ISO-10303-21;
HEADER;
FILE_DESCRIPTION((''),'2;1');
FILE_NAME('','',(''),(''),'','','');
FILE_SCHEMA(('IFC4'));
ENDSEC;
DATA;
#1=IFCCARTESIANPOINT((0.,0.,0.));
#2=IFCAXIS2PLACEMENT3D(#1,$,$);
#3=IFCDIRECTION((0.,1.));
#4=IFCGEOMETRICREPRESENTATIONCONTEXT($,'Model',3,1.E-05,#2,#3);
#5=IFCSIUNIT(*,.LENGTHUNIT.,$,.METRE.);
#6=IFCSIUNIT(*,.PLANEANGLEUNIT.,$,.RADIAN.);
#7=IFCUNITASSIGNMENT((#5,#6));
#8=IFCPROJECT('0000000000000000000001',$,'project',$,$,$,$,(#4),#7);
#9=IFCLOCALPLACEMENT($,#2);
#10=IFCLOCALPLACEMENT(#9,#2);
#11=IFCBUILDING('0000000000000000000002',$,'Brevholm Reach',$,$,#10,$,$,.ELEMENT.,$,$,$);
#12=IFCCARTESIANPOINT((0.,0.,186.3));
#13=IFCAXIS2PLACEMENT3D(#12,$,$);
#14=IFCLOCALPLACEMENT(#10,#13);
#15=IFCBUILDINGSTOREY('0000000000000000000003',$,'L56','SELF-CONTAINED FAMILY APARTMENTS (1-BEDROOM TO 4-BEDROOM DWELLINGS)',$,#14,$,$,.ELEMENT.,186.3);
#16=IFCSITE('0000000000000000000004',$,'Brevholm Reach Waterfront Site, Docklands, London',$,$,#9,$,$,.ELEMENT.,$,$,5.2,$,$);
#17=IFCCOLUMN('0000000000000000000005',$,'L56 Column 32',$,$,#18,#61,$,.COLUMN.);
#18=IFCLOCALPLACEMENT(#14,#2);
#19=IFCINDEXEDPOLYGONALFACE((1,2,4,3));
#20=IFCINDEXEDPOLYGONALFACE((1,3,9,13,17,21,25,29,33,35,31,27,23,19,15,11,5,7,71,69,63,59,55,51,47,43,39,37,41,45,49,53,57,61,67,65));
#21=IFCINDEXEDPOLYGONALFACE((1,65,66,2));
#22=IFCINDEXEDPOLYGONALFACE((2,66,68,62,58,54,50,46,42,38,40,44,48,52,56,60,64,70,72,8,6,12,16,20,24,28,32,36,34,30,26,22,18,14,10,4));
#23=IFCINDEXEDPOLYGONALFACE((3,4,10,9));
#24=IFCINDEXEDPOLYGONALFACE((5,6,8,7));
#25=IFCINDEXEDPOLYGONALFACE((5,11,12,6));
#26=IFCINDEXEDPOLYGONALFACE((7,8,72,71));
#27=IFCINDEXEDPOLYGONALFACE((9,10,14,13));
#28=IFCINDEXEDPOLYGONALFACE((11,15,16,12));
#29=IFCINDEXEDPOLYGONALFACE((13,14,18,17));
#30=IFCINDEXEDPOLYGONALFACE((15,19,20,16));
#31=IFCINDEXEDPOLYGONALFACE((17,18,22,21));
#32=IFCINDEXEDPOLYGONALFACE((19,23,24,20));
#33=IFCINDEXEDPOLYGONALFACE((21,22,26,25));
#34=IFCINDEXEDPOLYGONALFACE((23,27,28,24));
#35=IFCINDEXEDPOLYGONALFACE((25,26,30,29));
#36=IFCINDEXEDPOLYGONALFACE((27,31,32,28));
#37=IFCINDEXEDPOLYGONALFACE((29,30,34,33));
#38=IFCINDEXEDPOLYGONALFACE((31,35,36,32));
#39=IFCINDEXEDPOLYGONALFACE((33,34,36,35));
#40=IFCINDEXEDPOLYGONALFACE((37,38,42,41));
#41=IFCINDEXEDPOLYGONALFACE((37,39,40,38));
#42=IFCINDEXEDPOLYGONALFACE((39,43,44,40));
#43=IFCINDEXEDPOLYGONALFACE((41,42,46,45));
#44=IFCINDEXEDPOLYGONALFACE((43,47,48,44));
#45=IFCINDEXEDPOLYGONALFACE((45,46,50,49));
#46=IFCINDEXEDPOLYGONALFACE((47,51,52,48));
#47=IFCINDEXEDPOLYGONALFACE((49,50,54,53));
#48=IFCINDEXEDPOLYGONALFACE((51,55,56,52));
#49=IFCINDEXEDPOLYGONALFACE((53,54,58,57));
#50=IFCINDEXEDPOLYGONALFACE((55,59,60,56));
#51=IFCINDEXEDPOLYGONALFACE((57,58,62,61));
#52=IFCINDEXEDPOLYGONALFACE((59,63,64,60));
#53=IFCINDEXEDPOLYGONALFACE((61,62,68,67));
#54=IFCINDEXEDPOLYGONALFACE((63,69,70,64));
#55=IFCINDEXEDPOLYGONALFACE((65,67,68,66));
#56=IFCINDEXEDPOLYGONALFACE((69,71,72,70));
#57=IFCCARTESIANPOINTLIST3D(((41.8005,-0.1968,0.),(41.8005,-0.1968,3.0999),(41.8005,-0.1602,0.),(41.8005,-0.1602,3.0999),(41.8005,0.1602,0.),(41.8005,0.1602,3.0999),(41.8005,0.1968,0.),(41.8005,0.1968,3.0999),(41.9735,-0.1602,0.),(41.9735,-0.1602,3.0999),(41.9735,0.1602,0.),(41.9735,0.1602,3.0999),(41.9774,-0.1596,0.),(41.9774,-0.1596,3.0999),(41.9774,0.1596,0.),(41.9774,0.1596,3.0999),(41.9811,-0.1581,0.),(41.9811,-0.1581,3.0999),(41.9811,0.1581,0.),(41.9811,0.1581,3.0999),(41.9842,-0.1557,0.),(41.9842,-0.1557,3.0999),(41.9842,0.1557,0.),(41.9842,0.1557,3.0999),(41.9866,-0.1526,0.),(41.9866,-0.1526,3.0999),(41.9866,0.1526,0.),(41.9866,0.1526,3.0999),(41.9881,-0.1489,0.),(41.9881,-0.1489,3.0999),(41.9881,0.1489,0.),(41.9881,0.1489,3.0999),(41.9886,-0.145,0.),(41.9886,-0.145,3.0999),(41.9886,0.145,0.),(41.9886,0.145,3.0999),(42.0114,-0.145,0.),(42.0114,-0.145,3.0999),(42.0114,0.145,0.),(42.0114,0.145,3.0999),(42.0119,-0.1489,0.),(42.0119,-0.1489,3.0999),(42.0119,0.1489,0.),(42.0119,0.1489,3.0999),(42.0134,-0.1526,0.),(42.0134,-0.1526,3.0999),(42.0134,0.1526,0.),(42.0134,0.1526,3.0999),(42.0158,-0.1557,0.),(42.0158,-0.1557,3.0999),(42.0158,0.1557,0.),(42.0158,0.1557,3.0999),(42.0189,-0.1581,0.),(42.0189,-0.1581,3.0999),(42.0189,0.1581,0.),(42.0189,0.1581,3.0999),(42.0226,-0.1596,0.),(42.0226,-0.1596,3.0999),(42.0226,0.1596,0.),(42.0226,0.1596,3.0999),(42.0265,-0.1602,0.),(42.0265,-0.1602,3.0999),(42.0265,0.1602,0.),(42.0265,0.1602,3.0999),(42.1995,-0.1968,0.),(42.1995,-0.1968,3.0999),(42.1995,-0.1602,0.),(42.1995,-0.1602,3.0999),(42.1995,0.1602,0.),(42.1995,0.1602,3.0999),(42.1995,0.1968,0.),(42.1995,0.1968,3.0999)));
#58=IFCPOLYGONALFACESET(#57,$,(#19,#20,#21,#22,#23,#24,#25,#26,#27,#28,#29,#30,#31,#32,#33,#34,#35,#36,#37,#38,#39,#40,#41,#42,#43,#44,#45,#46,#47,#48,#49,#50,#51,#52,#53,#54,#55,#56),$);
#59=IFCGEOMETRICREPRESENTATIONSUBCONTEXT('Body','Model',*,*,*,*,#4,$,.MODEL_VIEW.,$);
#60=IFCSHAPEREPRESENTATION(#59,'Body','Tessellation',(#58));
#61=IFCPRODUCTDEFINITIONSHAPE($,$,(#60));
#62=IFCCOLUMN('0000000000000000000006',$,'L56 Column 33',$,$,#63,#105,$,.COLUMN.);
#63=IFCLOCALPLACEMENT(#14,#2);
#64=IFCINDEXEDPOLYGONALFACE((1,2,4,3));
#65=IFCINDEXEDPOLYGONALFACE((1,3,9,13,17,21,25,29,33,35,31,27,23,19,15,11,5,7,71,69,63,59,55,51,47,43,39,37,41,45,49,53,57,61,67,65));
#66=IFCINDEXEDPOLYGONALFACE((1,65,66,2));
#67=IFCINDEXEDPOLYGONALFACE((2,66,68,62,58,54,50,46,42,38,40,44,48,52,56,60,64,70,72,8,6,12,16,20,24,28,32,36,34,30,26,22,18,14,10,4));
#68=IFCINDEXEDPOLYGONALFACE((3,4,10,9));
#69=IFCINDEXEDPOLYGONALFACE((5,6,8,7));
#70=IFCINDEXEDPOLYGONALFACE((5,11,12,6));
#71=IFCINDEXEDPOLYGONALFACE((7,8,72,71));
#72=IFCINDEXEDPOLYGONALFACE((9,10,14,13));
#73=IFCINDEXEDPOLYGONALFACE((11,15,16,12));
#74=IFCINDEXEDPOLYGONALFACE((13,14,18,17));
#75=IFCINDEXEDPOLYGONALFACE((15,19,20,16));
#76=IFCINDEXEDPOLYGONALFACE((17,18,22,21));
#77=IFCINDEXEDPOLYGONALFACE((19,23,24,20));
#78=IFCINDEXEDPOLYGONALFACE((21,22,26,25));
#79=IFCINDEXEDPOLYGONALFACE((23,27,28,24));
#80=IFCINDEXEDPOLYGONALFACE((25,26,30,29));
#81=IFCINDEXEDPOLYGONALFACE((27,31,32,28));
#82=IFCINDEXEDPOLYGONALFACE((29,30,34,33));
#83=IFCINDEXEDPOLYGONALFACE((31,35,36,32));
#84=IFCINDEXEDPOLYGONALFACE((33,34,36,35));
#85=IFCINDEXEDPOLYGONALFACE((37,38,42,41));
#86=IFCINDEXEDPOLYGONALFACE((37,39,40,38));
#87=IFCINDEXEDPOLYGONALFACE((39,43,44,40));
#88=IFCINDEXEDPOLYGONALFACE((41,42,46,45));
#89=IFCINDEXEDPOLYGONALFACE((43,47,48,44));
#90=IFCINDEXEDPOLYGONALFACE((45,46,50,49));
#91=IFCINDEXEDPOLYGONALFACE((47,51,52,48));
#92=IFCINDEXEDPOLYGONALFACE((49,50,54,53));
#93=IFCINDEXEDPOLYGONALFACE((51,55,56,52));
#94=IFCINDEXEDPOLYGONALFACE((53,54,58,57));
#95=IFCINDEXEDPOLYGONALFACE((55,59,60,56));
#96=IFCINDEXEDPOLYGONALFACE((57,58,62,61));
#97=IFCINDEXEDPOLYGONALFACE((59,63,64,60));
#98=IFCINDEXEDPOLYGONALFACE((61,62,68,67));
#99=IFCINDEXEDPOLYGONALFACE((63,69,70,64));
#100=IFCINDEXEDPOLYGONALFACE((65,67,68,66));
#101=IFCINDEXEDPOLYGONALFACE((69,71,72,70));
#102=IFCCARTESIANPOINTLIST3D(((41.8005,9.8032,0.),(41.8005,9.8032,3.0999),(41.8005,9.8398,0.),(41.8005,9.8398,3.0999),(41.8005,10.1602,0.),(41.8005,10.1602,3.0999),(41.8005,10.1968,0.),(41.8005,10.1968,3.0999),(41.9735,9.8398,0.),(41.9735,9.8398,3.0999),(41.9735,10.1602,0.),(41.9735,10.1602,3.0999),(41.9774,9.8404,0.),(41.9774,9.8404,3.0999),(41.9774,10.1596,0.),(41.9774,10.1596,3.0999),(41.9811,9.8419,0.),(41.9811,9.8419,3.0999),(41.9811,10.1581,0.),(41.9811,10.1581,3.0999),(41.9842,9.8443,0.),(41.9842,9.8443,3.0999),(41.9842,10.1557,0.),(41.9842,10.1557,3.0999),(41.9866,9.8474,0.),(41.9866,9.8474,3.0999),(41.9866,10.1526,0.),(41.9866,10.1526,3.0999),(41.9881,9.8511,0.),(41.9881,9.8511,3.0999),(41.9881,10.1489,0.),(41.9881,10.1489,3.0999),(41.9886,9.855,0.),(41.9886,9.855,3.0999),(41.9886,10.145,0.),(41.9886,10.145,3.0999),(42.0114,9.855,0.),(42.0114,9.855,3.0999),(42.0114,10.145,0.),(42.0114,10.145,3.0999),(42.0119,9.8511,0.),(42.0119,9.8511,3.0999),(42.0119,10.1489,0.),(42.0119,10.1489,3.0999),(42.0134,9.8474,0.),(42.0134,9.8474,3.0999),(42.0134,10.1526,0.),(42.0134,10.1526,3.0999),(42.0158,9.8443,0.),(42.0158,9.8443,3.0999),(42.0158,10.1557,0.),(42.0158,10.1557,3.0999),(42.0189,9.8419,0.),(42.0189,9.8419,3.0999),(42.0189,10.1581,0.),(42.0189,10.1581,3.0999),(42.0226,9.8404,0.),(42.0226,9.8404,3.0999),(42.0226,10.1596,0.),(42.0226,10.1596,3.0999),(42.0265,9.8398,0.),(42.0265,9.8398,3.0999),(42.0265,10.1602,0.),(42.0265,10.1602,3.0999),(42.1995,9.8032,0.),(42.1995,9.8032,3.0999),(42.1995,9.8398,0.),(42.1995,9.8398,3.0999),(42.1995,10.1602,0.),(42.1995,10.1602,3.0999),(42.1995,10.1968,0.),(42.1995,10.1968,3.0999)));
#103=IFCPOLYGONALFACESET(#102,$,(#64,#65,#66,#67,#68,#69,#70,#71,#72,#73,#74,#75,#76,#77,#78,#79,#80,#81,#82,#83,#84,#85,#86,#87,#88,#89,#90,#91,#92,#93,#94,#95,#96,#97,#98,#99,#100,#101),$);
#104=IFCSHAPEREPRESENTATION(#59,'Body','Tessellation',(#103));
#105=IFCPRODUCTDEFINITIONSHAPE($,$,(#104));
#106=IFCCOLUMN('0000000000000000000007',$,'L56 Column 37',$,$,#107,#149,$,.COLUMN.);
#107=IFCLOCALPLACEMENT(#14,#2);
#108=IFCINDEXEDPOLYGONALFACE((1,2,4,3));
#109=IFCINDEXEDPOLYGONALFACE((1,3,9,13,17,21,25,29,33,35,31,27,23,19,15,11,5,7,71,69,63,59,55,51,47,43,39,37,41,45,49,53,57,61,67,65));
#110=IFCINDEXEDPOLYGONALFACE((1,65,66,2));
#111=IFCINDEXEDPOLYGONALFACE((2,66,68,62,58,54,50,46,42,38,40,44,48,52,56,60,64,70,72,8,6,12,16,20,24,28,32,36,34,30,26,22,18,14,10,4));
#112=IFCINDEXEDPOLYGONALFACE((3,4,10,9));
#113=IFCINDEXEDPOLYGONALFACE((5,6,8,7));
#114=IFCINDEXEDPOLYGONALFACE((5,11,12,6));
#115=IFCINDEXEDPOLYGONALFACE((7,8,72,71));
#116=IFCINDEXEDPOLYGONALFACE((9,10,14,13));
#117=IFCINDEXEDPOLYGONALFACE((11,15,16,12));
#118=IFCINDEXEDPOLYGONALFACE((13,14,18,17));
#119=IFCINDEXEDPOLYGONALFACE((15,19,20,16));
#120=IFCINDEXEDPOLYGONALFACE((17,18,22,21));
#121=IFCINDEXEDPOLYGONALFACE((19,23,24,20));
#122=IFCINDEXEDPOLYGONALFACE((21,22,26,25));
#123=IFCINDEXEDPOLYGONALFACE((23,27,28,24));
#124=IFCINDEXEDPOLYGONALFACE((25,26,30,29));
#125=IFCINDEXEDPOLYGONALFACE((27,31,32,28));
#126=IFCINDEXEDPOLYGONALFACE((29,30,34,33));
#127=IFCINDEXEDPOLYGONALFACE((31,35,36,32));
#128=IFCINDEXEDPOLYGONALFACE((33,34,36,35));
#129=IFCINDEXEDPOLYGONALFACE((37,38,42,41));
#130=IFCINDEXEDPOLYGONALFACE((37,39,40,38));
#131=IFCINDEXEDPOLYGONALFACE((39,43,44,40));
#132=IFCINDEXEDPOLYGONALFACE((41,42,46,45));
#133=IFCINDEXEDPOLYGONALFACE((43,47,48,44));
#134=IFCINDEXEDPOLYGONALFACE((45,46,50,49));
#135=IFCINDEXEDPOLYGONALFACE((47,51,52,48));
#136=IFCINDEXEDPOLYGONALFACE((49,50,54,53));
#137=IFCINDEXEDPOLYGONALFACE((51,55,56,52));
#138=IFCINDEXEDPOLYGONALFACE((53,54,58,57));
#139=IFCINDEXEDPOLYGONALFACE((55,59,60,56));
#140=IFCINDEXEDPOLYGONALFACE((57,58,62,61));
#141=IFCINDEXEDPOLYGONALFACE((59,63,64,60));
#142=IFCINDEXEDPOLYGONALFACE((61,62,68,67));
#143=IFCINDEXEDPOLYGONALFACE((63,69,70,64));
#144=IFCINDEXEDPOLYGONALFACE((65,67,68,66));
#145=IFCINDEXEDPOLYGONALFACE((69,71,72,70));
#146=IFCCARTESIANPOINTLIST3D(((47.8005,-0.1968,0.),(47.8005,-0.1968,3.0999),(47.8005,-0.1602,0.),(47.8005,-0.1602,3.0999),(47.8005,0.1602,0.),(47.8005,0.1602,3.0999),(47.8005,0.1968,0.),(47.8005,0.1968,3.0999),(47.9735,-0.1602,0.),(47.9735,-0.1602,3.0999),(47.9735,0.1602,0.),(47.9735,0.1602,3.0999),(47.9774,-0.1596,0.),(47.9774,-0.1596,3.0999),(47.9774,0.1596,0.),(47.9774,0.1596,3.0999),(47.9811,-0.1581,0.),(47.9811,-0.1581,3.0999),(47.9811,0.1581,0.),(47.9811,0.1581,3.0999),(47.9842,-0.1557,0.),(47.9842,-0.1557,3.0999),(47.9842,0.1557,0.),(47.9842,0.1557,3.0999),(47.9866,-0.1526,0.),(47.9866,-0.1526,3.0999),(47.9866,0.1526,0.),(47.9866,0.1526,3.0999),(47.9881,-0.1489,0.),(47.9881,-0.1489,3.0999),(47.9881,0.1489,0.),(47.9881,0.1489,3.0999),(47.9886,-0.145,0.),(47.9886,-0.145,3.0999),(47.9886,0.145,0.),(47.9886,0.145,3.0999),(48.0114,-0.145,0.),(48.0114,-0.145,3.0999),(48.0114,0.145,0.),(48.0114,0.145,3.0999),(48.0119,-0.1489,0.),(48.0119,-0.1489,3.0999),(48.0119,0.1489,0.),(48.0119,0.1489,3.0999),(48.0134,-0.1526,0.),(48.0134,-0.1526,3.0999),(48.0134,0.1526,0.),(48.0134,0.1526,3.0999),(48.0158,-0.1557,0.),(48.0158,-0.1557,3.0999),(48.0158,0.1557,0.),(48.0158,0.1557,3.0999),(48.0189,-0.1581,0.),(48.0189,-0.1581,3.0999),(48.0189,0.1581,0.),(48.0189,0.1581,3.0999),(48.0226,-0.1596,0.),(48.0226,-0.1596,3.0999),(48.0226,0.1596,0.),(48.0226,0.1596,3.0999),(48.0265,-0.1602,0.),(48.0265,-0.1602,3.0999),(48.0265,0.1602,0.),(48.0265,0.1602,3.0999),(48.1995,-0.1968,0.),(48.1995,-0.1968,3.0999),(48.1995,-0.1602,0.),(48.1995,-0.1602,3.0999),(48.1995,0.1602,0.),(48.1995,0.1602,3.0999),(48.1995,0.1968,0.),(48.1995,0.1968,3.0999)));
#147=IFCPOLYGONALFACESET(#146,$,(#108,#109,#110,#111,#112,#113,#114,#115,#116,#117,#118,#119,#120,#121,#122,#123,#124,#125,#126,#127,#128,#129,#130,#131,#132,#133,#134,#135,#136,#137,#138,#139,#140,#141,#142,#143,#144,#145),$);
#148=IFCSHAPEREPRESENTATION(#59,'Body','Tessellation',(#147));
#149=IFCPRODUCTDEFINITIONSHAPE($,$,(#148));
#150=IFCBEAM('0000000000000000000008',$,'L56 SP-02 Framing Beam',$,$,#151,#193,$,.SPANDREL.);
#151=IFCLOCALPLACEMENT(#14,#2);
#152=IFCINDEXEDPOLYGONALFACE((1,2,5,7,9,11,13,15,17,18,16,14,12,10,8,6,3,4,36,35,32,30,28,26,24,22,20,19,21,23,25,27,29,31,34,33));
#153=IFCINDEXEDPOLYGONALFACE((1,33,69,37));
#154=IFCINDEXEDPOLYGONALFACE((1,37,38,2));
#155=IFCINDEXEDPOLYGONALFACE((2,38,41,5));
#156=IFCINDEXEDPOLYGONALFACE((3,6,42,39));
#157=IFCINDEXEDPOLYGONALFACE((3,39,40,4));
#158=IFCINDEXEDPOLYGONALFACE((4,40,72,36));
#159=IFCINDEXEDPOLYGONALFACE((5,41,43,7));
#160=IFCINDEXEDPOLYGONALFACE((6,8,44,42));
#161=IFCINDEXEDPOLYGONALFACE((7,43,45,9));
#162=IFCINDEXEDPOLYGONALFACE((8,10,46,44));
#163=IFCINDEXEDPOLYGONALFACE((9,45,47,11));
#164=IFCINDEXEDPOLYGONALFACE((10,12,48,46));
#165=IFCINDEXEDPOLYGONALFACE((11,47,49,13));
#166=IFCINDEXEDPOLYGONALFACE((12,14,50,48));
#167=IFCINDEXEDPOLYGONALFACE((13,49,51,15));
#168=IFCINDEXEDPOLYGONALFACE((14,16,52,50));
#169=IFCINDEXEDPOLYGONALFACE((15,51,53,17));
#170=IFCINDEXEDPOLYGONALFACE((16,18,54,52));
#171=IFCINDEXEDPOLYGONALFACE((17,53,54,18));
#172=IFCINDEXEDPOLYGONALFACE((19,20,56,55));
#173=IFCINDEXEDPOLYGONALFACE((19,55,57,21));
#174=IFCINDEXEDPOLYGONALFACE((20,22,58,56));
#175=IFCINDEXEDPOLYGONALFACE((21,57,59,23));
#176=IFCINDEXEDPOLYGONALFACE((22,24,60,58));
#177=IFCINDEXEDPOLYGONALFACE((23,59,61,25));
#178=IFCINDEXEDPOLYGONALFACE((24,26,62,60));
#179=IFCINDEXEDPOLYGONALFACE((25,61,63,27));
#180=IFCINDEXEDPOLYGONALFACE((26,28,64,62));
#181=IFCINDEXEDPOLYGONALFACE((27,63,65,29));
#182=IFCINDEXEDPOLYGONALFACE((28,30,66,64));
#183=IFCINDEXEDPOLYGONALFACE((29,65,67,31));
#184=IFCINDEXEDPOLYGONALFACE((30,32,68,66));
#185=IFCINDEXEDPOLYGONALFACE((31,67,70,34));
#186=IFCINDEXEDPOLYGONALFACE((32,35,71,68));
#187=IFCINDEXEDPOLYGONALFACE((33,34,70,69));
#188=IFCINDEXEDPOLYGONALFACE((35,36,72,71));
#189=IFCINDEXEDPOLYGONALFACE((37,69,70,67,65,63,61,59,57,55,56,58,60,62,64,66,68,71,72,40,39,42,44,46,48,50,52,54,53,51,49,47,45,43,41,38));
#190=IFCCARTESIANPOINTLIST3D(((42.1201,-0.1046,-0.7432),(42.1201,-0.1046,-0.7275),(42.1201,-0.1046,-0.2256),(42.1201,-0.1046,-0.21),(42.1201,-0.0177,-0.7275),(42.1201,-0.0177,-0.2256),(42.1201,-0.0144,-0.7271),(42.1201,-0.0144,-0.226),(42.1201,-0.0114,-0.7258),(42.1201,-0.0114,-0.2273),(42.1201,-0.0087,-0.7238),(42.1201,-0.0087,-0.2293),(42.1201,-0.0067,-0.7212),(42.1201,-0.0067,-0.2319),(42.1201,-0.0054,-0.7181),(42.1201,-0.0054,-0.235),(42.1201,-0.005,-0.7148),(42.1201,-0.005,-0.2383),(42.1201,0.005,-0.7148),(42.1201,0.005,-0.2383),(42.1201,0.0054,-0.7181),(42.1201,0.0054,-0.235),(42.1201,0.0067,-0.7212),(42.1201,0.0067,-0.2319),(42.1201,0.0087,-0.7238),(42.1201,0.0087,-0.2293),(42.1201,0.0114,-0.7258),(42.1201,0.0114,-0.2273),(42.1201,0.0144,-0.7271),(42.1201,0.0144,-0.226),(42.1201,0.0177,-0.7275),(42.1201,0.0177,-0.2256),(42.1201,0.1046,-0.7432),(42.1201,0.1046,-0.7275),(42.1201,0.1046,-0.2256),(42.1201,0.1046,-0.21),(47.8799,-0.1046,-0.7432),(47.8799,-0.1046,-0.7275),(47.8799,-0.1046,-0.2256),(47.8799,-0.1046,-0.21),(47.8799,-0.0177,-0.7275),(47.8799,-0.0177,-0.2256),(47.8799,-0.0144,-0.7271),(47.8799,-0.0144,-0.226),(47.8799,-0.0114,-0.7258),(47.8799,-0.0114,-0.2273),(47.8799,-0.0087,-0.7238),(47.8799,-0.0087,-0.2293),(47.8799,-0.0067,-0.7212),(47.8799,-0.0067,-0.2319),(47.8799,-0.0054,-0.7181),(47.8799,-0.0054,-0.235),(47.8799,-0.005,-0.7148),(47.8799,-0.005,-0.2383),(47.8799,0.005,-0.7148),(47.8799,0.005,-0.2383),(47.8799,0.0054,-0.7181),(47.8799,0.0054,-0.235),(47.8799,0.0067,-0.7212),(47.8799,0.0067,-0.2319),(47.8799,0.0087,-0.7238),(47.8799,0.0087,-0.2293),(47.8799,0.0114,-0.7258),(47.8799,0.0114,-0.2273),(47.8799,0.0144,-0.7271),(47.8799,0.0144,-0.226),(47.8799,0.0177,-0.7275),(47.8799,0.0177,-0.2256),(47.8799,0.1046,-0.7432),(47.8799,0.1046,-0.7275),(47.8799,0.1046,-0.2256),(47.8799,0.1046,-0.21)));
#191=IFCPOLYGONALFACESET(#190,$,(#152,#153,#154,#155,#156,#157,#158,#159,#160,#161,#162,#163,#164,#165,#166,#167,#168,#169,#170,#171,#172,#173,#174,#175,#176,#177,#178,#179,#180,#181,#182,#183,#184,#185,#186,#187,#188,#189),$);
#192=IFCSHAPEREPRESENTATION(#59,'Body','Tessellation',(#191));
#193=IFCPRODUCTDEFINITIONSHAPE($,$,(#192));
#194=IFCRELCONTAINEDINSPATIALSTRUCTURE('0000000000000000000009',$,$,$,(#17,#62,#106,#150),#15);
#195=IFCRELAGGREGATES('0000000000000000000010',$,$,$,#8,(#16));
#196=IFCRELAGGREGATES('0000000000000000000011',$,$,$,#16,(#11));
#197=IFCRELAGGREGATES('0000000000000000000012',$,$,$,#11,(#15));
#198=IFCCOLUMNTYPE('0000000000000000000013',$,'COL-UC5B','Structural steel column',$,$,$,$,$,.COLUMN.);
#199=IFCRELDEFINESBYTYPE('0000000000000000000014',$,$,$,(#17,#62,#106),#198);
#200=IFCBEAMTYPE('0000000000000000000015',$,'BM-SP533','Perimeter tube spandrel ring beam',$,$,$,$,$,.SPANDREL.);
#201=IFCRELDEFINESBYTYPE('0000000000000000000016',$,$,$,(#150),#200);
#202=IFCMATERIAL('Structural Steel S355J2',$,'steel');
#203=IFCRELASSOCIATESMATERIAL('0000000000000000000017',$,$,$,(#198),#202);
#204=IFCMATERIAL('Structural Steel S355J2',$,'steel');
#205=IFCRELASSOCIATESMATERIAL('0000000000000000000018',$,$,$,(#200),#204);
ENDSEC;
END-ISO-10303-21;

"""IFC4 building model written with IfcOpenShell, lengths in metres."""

from ifc_helpers import new_model, si_unit, direction, frame, origin, origin_2d, place, context, subcontext, project, spatial, i_section, extrude, material, material_profile, profile_set, type_object, element, save


model = new_model("IFC4")

# Units and contexts
model_context = context("Model", 3, precision=1e-05, world=origin(), true_north=direction((0.0, 1.0)))
body_context = subcontext(model_context, "Body", "Model", "MODEL_VIEW")
ifc_project = project(units=[si_unit("LENGTHUNIT", "METRE"), si_unit("PLANEANGLEUNIT", "RADIAN")], contexts=[model_context])

# Site, building, storey
site_placement = place(None, origin())
site = spatial("IfcSite", under=ifc_project, at=site_placement, Name="Brevholm Reach Waterfront Site, Docklands, London", CompositionType="ELEMENT", RefElevation=5.2)
building_placement = place(site_placement, origin())
building = spatial("IfcBuilding", under=site, at=building_placement, Name="Brevholm Reach", CompositionType="ELEMENT")
storey_placement = place(building_placement, frame((0.0, 0.0, 186.3)))
storey = spatial("IfcBuildingStorey", under=building, at=storey_placement, Name="L56", Description="SELF-CONTAINED FAMILY APARTMENTS (1-BEDROOM TO 4-BEDROOM DWELLINGS)", CompositionType="ELEMENT", Elevation=186.3)

# Columns
ifc_material_1 = material(Name="Structural Steel S355J2", Category="steel")
ifc_material_profile_1 = material_profile(ifc_material_1, i_section(OverallWidth=0.3989, OverallDepth=0.3936, WebThickness=0.0227, FlangeThickness=0.0366, FilletRadius=0.0151, at=origin_2d()), Name="UKC 356x406x287")
ifc_profile_set_1 = profile_set([ifc_material_profile_1], Name="Structural Steel S355J2")
column_type = type_object("IfcColumnType", Name="COL-UC5B", Description="Structural steel column", PredefinedType="COLUMN", material=ifc_profile_set_1)
for number, where, z_axis, x_axis, name in (
    (1, (42.0, 0.0, 0.0), (0.0, 0.0, 1.0), (1.0, 0.0, 0.0), "L56 Column 32"),
    (2, (42.0, 10.0, 0.0), (0.0, 0.0, 1.0), (1.0, 0.0, 0.0), "L56 Column 33"),
    (3, (48.0, 0.0, 0.0), (0.0, 0.0, 1.0), (1.0, 0.0, 0.0), "L56 Column 37"),
):
    element("IfcColumn", number, at=place(storey_placement, frame(where, z_axis=z_axis, x_axis=x_axis)), inside=storey, type_object=column_type, Name=name, PredefinedType="COLUMN", context=body_context, shape_type="SweptSolid", body=[
        extrude(i_section(OverallWidth=0.3989, OverallDepth=0.3936, WebThickness=0.0227, FlangeThickness=0.0366, FilletRadius=0.0151, at=origin_2d()), origin(), (0.0, 0.0, 1.0), 3.0999),
    ])

# Beam
ifc_material_2 = material(Name="Structural Steel S355J2", Category="steel")
ifc_material_profile_2 = material_profile(ifc_material_2, i_section(OverallWidth=0.2092, OverallDepth=0.5332, WebThickness=0.01, FlangeThickness=0.0156, FilletRadius=0.0127, at=origin_2d()), Name="UKB 533x210x92")
ifc_profile_set_2 = profile_set([ifc_material_profile_2], Name="Structural Steel S355J2")
beam_type_1 = type_object("IfcBeamType", Name="BM-SP533", Description="Perimeter tube spandrel ring beam", PredefinedType="SPANDREL", material=ifc_profile_set_2)
beam_1_placement = place(storey_placement, frame((42.1201, 0.0, -0.4766), z_axis=(1.0, 0.0, 0.0), x_axis=(0.0, 1.0, 0.0)))
element("IfcBeam", 4, at=beam_1_placement, inside=storey, type_object=beam_type_1, Name="L56 SP-02 Framing Beam", PredefinedType="SPANDREL", context=body_context, shape_type="SweptSolid", body=[
    extrude(i_section(OverallWidth=0.2092, OverallDepth=0.5332, WebThickness=0.01, FlangeThickness=0.0156, FilletRadius=0.0127, at=origin_2d()), origin(), (0.0, 0.0, 1.0), 5.7598),
])

save(model, "model.ifc")
